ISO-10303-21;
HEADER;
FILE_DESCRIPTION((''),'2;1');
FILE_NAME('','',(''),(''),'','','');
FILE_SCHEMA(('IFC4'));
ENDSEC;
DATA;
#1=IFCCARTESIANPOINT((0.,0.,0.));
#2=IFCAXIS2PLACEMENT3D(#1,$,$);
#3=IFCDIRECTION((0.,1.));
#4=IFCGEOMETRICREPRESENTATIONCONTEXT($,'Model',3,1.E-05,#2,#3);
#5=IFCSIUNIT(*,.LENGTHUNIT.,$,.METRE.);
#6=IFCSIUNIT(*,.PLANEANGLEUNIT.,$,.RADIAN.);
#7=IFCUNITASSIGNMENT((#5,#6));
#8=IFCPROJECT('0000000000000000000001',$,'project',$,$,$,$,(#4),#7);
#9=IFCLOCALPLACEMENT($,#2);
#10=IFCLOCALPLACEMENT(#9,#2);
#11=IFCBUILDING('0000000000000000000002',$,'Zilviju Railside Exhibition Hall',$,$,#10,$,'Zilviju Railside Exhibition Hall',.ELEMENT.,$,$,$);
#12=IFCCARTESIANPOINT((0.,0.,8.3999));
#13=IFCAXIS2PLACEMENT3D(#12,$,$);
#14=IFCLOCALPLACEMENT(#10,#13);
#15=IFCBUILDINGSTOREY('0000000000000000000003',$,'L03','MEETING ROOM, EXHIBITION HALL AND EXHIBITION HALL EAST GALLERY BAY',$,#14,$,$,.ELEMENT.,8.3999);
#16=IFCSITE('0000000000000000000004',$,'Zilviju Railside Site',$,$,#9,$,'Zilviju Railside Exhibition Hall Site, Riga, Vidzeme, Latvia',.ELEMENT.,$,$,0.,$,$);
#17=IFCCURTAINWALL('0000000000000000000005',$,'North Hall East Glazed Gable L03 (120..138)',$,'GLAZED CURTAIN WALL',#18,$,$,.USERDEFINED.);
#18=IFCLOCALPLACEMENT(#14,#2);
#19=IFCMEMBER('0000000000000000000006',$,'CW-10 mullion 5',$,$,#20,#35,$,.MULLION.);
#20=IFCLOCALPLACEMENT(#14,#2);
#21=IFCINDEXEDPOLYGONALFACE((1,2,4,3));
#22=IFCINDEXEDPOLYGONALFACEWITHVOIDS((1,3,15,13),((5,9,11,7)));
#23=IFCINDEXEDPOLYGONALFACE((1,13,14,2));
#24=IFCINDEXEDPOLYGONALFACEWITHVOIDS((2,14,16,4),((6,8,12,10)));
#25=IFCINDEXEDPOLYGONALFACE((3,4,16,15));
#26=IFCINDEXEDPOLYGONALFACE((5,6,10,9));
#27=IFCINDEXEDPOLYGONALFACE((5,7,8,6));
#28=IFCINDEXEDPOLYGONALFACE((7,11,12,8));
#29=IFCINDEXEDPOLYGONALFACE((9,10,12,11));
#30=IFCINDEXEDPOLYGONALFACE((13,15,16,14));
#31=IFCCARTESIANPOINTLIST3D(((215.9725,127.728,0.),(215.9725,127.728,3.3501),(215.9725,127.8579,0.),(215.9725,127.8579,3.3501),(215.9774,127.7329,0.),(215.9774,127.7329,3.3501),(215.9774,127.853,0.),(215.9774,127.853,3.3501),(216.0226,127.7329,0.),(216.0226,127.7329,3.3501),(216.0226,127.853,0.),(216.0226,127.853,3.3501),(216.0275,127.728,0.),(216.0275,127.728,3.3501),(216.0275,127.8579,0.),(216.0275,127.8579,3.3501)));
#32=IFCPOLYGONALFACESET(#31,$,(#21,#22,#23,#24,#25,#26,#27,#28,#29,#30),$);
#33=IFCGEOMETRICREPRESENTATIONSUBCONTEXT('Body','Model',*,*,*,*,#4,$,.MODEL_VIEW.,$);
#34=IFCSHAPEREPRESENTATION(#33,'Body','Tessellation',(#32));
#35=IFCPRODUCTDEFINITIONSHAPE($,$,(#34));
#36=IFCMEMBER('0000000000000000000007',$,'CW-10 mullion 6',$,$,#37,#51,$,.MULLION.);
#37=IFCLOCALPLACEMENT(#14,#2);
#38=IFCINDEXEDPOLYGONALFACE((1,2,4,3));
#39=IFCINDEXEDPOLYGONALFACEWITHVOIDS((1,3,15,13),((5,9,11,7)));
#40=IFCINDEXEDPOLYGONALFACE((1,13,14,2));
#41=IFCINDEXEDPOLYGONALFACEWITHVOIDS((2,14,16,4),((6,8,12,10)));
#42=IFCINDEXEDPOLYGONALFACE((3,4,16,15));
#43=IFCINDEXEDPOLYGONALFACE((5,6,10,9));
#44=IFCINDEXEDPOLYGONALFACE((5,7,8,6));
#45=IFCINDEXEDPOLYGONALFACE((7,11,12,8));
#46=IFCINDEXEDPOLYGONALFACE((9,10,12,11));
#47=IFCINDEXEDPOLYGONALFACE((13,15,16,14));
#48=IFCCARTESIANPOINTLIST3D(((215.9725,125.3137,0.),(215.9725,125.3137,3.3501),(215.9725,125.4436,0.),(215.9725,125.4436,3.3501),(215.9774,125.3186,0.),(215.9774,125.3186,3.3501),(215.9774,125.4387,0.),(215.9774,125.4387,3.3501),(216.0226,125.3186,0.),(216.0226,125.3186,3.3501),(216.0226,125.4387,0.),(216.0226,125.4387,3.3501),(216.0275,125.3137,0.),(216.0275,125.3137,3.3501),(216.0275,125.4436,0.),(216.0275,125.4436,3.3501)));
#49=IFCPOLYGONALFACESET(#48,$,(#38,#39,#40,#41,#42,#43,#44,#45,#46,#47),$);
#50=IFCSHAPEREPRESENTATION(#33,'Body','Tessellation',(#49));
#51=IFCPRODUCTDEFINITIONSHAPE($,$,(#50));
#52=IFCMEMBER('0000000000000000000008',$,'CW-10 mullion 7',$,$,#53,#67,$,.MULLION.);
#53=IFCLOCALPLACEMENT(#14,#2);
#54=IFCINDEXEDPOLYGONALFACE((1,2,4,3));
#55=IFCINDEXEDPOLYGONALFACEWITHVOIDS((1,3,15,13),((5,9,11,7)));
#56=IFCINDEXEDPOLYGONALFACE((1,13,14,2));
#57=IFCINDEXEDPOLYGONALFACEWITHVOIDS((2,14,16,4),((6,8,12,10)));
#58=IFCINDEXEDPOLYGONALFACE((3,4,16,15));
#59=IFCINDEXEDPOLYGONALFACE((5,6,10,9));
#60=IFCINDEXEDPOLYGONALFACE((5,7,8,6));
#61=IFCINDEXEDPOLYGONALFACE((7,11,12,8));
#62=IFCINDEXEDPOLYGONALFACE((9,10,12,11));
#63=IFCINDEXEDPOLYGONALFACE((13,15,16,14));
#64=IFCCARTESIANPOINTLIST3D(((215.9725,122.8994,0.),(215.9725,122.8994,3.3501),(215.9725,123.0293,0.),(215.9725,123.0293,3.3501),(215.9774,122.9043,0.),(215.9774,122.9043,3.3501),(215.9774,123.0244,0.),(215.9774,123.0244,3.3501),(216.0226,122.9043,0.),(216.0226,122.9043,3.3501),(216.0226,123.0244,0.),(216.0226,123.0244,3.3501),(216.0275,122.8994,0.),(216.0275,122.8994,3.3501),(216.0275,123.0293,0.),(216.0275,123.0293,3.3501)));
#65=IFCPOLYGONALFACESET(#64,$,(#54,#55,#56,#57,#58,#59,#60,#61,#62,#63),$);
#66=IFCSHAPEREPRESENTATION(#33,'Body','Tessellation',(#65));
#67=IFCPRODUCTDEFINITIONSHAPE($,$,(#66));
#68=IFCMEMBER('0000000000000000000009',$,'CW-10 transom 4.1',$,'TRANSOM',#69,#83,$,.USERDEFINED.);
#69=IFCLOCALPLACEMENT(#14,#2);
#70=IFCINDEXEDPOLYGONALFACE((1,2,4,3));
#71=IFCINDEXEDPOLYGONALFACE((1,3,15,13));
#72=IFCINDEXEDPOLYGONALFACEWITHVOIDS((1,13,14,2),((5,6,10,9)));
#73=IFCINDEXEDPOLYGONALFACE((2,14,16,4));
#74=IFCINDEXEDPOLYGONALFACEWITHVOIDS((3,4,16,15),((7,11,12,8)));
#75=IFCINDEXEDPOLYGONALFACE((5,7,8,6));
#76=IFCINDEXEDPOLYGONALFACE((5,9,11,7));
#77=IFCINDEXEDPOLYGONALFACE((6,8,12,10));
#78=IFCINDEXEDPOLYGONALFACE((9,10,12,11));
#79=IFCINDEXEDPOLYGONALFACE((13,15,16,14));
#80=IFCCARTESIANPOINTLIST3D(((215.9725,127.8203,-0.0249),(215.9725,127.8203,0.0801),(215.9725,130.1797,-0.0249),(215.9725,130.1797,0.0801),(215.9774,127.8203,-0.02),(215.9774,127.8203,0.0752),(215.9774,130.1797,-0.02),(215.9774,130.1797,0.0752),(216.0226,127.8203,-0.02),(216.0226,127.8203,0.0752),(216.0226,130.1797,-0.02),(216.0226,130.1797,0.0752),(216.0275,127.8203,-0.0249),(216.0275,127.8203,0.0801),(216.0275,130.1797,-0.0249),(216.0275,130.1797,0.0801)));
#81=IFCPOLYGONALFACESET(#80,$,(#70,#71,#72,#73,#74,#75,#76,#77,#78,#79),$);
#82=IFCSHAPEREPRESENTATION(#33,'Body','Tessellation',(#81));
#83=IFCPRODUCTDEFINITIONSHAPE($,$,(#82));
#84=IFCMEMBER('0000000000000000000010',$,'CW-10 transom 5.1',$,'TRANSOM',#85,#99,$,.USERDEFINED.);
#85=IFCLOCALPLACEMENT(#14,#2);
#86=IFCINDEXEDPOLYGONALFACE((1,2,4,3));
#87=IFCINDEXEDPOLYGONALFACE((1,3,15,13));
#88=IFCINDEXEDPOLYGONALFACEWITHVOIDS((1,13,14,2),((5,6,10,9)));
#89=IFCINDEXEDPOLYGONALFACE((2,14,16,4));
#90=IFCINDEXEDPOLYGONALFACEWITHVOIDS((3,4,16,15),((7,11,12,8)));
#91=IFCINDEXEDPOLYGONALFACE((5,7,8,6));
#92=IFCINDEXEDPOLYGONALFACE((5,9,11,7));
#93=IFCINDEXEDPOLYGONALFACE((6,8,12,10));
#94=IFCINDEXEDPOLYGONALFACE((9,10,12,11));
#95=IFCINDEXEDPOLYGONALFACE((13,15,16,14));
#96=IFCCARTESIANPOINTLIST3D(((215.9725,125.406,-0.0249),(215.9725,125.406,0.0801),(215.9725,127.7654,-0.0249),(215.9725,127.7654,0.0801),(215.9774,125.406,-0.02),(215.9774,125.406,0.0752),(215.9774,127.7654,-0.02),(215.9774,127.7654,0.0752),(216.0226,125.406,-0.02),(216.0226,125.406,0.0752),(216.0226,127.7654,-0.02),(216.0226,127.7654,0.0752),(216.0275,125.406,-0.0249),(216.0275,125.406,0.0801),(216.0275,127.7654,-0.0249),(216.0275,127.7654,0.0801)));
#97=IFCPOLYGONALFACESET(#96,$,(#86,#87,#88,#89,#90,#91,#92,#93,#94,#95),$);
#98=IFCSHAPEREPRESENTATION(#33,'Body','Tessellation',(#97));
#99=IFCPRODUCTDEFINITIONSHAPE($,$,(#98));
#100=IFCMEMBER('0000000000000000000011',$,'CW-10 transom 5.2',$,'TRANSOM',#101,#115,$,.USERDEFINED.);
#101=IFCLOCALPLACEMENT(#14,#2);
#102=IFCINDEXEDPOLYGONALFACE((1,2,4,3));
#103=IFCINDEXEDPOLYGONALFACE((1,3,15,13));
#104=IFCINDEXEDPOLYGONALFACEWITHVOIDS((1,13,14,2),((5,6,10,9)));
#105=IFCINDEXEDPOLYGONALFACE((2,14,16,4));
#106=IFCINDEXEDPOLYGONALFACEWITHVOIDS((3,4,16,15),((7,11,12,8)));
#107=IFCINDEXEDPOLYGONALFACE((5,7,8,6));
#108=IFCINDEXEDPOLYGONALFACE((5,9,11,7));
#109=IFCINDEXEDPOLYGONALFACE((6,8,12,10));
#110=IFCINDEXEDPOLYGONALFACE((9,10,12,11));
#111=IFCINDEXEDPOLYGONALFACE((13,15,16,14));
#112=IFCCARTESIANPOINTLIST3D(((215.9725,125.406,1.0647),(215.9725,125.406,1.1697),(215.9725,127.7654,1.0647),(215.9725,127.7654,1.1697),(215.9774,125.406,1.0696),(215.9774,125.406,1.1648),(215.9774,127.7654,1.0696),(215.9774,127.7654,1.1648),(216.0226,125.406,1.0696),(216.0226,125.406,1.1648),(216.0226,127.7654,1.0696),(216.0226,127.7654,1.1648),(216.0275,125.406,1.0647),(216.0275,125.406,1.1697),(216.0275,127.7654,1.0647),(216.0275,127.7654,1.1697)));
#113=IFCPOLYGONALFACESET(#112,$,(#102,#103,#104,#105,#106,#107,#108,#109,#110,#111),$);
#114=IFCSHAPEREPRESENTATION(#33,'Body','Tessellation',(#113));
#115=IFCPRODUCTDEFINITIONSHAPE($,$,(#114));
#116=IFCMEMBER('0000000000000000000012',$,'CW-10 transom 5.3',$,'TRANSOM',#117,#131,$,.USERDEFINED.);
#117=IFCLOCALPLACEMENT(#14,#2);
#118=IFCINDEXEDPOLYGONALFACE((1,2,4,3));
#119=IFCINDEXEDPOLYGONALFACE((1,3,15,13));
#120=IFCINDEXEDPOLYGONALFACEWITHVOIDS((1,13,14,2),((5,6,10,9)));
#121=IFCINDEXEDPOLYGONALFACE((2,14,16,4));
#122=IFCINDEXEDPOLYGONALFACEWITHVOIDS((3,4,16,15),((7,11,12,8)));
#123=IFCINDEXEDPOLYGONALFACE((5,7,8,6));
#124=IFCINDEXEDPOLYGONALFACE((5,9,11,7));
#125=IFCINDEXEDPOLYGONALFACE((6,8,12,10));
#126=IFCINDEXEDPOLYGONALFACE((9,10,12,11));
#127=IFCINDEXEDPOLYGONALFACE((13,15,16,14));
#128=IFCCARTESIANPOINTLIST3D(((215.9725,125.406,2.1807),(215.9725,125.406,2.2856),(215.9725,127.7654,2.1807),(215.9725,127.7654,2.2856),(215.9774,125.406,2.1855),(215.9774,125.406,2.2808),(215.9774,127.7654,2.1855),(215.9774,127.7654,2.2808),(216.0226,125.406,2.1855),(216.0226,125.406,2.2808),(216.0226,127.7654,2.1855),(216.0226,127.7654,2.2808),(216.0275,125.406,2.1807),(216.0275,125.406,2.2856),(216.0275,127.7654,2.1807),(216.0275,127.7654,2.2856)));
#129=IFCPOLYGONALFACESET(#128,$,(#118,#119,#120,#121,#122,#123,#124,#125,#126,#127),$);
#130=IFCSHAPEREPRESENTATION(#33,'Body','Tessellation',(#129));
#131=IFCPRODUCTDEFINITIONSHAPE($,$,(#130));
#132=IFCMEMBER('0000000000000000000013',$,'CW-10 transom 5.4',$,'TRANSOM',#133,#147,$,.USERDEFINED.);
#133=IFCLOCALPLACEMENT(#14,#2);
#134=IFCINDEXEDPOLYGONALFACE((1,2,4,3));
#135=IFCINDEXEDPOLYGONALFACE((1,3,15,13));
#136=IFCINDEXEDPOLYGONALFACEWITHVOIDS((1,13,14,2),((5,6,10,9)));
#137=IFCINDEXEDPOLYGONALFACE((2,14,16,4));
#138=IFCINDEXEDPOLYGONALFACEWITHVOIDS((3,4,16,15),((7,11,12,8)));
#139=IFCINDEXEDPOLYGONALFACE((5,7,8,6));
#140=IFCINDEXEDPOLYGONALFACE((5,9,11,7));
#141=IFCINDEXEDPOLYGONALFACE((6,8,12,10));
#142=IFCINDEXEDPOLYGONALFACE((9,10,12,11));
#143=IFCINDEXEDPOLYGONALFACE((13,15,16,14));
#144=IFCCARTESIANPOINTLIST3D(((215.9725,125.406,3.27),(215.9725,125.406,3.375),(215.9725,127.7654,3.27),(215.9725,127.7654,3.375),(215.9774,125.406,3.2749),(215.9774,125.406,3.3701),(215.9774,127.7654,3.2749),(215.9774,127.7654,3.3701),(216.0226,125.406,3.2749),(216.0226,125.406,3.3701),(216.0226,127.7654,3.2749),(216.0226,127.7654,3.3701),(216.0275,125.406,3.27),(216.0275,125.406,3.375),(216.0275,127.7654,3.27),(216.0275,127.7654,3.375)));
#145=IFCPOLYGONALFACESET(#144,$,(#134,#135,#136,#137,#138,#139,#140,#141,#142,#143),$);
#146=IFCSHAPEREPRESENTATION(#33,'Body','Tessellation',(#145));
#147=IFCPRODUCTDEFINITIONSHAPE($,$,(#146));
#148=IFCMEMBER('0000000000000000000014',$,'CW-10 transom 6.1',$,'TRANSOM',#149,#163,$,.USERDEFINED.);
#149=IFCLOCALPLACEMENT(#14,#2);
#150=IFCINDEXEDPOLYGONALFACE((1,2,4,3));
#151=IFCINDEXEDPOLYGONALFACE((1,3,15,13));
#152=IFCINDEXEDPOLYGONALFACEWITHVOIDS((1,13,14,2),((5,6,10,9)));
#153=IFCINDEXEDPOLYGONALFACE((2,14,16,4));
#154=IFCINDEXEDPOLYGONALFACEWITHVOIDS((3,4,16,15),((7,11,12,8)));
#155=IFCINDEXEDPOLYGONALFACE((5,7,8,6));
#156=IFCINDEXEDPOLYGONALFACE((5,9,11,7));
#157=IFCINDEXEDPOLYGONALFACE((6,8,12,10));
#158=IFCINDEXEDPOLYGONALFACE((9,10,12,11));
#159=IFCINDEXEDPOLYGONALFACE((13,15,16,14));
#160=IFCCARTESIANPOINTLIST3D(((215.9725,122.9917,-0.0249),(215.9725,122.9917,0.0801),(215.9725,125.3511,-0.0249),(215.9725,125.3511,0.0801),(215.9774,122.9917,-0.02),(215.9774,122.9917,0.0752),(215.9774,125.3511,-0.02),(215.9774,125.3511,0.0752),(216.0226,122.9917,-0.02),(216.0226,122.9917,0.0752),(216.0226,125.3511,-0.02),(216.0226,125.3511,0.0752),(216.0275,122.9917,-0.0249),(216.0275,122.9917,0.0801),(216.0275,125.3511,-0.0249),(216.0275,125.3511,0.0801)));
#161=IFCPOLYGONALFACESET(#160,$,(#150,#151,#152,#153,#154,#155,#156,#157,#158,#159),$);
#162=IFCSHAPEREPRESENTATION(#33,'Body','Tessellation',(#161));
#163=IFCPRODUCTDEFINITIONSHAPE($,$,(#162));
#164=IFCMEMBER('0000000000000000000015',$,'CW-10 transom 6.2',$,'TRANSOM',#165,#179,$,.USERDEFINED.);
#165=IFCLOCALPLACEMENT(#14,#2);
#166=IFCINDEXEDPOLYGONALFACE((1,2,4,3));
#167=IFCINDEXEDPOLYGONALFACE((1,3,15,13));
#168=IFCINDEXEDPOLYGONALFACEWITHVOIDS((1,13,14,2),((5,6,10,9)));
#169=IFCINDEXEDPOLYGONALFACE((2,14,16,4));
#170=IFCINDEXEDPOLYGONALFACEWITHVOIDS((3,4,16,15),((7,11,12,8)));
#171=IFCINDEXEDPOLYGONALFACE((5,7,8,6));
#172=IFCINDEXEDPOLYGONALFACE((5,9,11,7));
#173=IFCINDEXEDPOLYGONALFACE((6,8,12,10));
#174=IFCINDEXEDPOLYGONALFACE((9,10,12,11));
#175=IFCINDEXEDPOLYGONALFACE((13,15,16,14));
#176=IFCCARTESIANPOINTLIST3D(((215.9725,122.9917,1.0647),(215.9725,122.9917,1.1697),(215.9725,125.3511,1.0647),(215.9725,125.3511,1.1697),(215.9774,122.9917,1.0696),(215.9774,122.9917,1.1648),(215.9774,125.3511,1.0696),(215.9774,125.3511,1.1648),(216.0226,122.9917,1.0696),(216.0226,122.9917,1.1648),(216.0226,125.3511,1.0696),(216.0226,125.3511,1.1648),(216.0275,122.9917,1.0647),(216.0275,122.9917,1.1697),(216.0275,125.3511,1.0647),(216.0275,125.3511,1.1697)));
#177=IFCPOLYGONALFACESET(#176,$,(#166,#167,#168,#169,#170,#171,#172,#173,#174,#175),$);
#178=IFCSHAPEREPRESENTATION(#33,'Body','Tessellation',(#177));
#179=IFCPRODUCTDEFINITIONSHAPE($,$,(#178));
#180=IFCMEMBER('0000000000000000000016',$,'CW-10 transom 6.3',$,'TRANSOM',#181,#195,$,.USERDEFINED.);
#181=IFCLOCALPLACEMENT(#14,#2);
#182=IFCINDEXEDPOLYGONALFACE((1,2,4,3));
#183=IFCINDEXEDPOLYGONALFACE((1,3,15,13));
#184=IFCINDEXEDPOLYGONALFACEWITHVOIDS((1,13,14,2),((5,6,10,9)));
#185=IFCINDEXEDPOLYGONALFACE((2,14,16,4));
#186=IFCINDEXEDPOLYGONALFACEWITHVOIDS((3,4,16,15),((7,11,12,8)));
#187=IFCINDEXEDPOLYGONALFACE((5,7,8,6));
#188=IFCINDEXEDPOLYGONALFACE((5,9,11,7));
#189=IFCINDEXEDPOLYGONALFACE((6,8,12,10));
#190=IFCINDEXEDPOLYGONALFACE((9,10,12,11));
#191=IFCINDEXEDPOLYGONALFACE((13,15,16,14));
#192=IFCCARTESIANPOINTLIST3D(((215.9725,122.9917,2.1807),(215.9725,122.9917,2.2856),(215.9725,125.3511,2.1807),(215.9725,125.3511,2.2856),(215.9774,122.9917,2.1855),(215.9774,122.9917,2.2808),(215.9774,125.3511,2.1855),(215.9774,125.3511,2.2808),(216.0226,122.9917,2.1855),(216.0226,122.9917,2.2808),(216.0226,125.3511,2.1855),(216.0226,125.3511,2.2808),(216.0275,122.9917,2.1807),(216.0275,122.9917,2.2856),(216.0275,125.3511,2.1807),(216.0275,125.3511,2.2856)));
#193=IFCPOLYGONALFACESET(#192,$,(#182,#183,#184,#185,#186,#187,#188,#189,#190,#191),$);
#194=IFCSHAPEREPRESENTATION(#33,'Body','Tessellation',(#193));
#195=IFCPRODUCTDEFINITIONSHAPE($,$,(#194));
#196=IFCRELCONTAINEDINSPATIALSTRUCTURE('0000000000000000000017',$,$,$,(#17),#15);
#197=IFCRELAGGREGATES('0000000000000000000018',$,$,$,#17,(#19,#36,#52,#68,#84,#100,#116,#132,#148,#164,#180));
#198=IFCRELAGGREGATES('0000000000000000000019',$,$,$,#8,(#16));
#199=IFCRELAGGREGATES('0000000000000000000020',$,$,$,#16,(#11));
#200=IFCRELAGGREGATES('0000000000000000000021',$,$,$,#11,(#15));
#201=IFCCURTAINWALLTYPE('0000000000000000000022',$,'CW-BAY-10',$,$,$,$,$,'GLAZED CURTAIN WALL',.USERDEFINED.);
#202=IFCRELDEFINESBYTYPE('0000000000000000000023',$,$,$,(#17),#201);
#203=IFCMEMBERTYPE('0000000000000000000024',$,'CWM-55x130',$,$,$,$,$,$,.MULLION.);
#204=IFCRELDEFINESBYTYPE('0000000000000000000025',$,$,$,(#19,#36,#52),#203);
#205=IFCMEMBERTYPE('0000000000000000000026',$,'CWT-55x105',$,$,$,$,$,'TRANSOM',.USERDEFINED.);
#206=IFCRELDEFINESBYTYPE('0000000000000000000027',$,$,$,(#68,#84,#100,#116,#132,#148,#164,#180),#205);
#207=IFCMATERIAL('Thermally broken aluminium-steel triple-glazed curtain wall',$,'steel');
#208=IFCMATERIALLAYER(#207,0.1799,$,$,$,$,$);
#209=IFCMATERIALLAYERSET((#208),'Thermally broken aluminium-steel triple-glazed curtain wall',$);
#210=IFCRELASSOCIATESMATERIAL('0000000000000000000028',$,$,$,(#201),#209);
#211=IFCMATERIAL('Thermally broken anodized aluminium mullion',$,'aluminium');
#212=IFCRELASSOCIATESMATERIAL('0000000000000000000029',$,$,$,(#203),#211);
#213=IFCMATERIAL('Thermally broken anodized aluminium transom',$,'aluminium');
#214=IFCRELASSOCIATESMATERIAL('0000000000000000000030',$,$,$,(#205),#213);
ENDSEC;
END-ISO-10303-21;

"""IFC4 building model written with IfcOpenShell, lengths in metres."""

from ifc_helpers import new_model, si_unit, direction, frame, origin, origin_2d, place, context, subcontext, project, spatial, hollow_rectangle, extrude, material, layer, layer_set, material_profile, profile_set, type_object, element, aggregate, save


model = new_model("IFC4")

# Units and contexts
model_context = context("Model", 3, precision=1e-05, world=origin(), true_north=direction((0.0, 1.0)))
body_context = subcontext(model_context, "Body", "Model", "MODEL_VIEW")
ifc_project = project(units=[si_unit("LENGTHUNIT", "METRE"), si_unit("PLANEANGLEUNIT", "RADIAN")], contexts=[model_context])

# Site, building, storey
site_placement = place(None, origin())
site = spatial("IfcSite", under=ifc_project, at=site_placement, Name="Zilviju Railside Site", LongName="Zilviju Railside Exhibition Hall Site, Riga, Vidzeme, Latvia", CompositionType="ELEMENT", RefElevation=0.0)
building_placement = place(site_placement, origin())
building = spatial("IfcBuilding", under=site, at=building_placement, Name="Zilviju Railside Exhibition Hall", LongName="Zilviju Railside Exhibition Hall", CompositionType="ELEMENT")
storey_placement = place(building_placement, frame((0.0, 0.0, 8.3999)))
storey = spatial("IfcBuildingStorey", under=building, at=storey_placement, Name="L03", Description="MEETING ROOM, EXHIBITION HALL AND EXHIBITION HALL EAST GALLERY BAY", CompositionType="ELEMENT", Elevation=8.3999)

# Curtain wall, members
ifc_material_1 = material(Name="Thermally broken aluminium-steel triple-glazed curtain wall", Category="steel")
ifc_layer_1 = layer(ifc_material_1, 0.1799)
ifc_layer_set_1 = layer_set([ifc_layer_1], Name="Thermally broken aluminium-steel triple-glazed curtain wall")
curtain_wall_type = type_object("IfcCurtainWallType", Name="CW-BAY-10", ElementType="GLAZED CURTAIN WALL", PredefinedType="USERDEFINED", material=ifc_layer_set_1)
curtain_wall_placement = place(storey_placement, origin())
curtain_wall = element("IfcCurtainWall", 1, at=curtain_wall_placement, inside=storey, type_object=curtain_wall_type, Name="North Hall East Glazed Gable L03 (120..138)", ObjectType="GLAZED CURTAIN WALL", PredefinedType="USERDEFINED")
ifc_material_2 = material(Name="Thermally broken anodized aluminium mullion", Category="aluminium")
ifc_material_profile_1 = material_profile(ifc_material_2, hollow_rectangle(XDim=0.0549, YDim=0.1299, WallThickness=0.0049, at=origin_2d()), Name="MULLION 130x55x5")
ifc_profile_set_1 = profile_set([ifc_material_profile_1], Name="Thermally broken anodized aluminium mullion")
member_type_1 = type_object("IfcMemberType", Name="CWM-55x130", PredefinedType="MULLION", material=ifc_profile_set_1)
member_1_placement = place(storey_placement, frame((216.0, 127.793, 0.0), z_axis=(0.0, 0.0, 1.0), x_axis=(1.0, 0.0, 0.0)))
member_1 = element("IfcMember", 2, at=member_1_placement, type_object=member_type_1, Name="CW-10 mullion 5", PredefinedType="MULLION", context=body_context, shape_type="SweptSolid", body=[
    extrude(hollow_rectangle(XDim=0.0549, YDim=0.1299, WallThickness=0.0049, at=origin_2d()), origin(), (0.0, 0.0, 1.0), 3.3501),
])
member_2_placement = place(storey_placement, frame((216.0, 125.3787, 0.0), z_axis=(0.0, 0.0, 1.0), x_axis=(1.0, 0.0, 0.0)))
member_2 = element("IfcMember", 3, at=member_2_placement, type_object=member_type_1, Name="CW-10 mullion 6", PredefinedType="MULLION", context=body_context, shape_type="SweptSolid", body=[
    extrude(hollow_rectangle(XDim=0.0549, YDim=0.1299, WallThickness=0.0049, at=origin_2d()), origin(), (0.0, 0.0, 1.0), 3.3501),
])
member_3_placement = place(storey_placement, frame((216.0, 122.9644, 0.0), z_axis=(0.0, 0.0, 1.0), x_axis=(1.0, 0.0, 0.0)))
member_3 = element("IfcMember", 4, at=member_3_placement, type_object=member_type_1, Name="CW-10 mullion 7", PredefinedType="MULLION", context=body_context, shape_type="SweptSolid", body=[
    extrude(hollow_rectangle(XDim=0.0549, YDim=0.1299, WallThickness=0.0049, at=origin_2d()), origin(), (0.0, 0.0, 1.0), 3.3501),
])
ifc_material_3 = material(Name="Thermally broken anodized aluminium transom", Category="aluminium")
ifc_material_profile_2 = material_profile(ifc_material_3, hollow_rectangle(XDim=0.0549, YDim=0.105, WallThickness=0.0049, at=origin_2d()), Name="TRANSOM 105x55x5")
ifc_profile_set_2 = profile_set([ifc_material_profile_2], Name="Thermally broken anodized aluminium transom")
member_type_2 = type_object("IfcMemberType", Name="CWT-55x105", ElementType="TRANSOM", PredefinedType="USERDEFINED", material=ifc_profile_set_2)
member_4_placement = place(storey_placement, frame((216.0, 130.1797, 0.0276), z_axis=(0.0, -1.0, 0.0), x_axis=(1.0, 0.0, 0.0)))
member_4 = element("IfcMember", 5, at=member_4_placement, type_object=member_type_2, Name="CW-10 transom 4.1", ObjectType="TRANSOM", PredefinedType="USERDEFINED", context=body_context, shape_type="SweptSolid", body=[
    extrude(hollow_rectangle(XDim=0.0549, YDim=0.105, WallThickness=0.0049, at=origin_2d()), origin(), (0.0, 0.0, 1.0), 2.3594),
])
member_5_placement = place(storey_placement, frame((216.0, 127.7654, 0.0276), z_axis=(0.0, -1.0, 0.0), x_axis=(1.0, 0.0, 0.0)))
member_5 = element("IfcMember", 6, at=member_5_placement, type_object=member_type_2, Name="CW-10 transom 5.1", ObjectType="TRANSOM", PredefinedType="USERDEFINED", context=body_context, shape_type="SweptSolid", body=[
    extrude(hollow_rectangle(XDim=0.0549, YDim=0.105, WallThickness=0.0049, at=origin_2d()), origin(), (0.0, 0.0, 1.0), 2.3594),
])
member_6_placement = place(storey_placement, frame((216.0, 127.7654, 1.1172), z_axis=(0.0, -1.0, 0.0), x_axis=(1.0, 0.0, 0.0)))
member_6 = element("IfcMember", 7, at=member_6_placement, type_object=member_type_2, Name="CW-10 transom 5.2", ObjectType="TRANSOM", PredefinedType="USERDEFINED", context=body_context, shape_type="SweptSolid", body=[
    extrude(hollow_rectangle(XDim=0.0549, YDim=0.105, WallThickness=0.0049, at=origin_2d()), origin(), (0.0, 0.0, 1.0), 2.3594),
])
member_7_placement = place(storey_placement, frame((216.0, 127.7654, 2.2332), z_axis=(0.0, -1.0, 0.0), x_axis=(1.0, 0.0, 0.0)))
member_7 = element("IfcMember", 8, at=member_7_placement, type_object=member_type_2, Name="CW-10 transom 5.3", ObjectType="TRANSOM", PredefinedType="USERDEFINED", context=body_context, shape_type="SweptSolid", body=[
    extrude(hollow_rectangle(XDim=0.0549, YDim=0.105, WallThickness=0.0049, at=origin_2d()), origin(), (0.0, 0.0, 1.0), 2.3594),
])
member_8_placement = place(storey_placement, frame((216.0, 127.7654, 3.3225), z_axis=(0.0, -1.0, 0.0), x_axis=(1.0, 0.0, 0.0)))
member_8 = element("IfcMember", 9, at=member_8_placement, type_object=member_type_2, Name="CW-10 transom 5.4", ObjectType="TRANSOM", PredefinedType="USERDEFINED", context=body_context, shape_type="SweptSolid", body=[
    extrude(hollow_rectangle(XDim=0.0549, YDim=0.105, WallThickness=0.0049, at=origin_2d()), origin(), (0.0, 0.0, 1.0), 2.3594),
])
member_9_placement = place(storey_placement, frame((216.0, 125.3511, 0.0276), z_axis=(0.0, -1.0, 0.0), x_axis=(1.0, 0.0, 0.0)))
member_9 = element("IfcMember", 10, at=member_9_placement, type_object=member_type_2, Name="CW-10 transom 6.1", ObjectType="TRANSOM", PredefinedType="USERDEFINED", context=body_context, shape_type="SweptSolid", body=[
    extrude(hollow_rectangle(XDim=0.0549, YDim=0.105, WallThickness=0.0049, at=origin_2d()), origin(), (0.0, 0.0, 1.0), 2.3594),
])
member_10_placement = place(storey_placement, frame((216.0, 125.3511, 1.1172), z_axis=(0.0, -1.0, 0.0), x_axis=(1.0, 0.0, 0.0)))
member_10 = element("IfcMember", 11, at=member_10_placement, type_object=member_type_2, Name="CW-10 transom 6.2", ObjectType="TRANSOM", PredefinedType="USERDEFINED", context=body_context, shape_type="SweptSolid", body=[
    extrude(hollow_rectangle(XDim=0.0549, YDim=0.105, WallThickness=0.0049, at=origin_2d()), origin(), (0.0, 0.0, 1.0), 2.3594),
])
member_11_placement = place(storey_placement, frame((216.0, 125.3511, 2.2332), z_axis=(0.0, -1.0, 0.0), x_axis=(1.0, 0.0, 0.0)))
member_11 = element("IfcMember", 12, at=member_11_placement, type_object=member_type_2, Name="CW-10 transom 6.3", ObjectType="TRANSOM", PredefinedType="USERDEFINED", context=body_context, shape_type="SweptSolid", body=[
    extrude(hollow_rectangle(XDim=0.0549, YDim=0.105, WallThickness=0.0049, at=origin_2d()), origin(), (0.0, 0.0, 1.0), 2.3594),
])
aggregate(curtain_wall, [member_1, member_2, member_3, member_4, member_5, member_6, member_7, member_8, member_9, member_10, member_11])

save(model, "model.ifc")
